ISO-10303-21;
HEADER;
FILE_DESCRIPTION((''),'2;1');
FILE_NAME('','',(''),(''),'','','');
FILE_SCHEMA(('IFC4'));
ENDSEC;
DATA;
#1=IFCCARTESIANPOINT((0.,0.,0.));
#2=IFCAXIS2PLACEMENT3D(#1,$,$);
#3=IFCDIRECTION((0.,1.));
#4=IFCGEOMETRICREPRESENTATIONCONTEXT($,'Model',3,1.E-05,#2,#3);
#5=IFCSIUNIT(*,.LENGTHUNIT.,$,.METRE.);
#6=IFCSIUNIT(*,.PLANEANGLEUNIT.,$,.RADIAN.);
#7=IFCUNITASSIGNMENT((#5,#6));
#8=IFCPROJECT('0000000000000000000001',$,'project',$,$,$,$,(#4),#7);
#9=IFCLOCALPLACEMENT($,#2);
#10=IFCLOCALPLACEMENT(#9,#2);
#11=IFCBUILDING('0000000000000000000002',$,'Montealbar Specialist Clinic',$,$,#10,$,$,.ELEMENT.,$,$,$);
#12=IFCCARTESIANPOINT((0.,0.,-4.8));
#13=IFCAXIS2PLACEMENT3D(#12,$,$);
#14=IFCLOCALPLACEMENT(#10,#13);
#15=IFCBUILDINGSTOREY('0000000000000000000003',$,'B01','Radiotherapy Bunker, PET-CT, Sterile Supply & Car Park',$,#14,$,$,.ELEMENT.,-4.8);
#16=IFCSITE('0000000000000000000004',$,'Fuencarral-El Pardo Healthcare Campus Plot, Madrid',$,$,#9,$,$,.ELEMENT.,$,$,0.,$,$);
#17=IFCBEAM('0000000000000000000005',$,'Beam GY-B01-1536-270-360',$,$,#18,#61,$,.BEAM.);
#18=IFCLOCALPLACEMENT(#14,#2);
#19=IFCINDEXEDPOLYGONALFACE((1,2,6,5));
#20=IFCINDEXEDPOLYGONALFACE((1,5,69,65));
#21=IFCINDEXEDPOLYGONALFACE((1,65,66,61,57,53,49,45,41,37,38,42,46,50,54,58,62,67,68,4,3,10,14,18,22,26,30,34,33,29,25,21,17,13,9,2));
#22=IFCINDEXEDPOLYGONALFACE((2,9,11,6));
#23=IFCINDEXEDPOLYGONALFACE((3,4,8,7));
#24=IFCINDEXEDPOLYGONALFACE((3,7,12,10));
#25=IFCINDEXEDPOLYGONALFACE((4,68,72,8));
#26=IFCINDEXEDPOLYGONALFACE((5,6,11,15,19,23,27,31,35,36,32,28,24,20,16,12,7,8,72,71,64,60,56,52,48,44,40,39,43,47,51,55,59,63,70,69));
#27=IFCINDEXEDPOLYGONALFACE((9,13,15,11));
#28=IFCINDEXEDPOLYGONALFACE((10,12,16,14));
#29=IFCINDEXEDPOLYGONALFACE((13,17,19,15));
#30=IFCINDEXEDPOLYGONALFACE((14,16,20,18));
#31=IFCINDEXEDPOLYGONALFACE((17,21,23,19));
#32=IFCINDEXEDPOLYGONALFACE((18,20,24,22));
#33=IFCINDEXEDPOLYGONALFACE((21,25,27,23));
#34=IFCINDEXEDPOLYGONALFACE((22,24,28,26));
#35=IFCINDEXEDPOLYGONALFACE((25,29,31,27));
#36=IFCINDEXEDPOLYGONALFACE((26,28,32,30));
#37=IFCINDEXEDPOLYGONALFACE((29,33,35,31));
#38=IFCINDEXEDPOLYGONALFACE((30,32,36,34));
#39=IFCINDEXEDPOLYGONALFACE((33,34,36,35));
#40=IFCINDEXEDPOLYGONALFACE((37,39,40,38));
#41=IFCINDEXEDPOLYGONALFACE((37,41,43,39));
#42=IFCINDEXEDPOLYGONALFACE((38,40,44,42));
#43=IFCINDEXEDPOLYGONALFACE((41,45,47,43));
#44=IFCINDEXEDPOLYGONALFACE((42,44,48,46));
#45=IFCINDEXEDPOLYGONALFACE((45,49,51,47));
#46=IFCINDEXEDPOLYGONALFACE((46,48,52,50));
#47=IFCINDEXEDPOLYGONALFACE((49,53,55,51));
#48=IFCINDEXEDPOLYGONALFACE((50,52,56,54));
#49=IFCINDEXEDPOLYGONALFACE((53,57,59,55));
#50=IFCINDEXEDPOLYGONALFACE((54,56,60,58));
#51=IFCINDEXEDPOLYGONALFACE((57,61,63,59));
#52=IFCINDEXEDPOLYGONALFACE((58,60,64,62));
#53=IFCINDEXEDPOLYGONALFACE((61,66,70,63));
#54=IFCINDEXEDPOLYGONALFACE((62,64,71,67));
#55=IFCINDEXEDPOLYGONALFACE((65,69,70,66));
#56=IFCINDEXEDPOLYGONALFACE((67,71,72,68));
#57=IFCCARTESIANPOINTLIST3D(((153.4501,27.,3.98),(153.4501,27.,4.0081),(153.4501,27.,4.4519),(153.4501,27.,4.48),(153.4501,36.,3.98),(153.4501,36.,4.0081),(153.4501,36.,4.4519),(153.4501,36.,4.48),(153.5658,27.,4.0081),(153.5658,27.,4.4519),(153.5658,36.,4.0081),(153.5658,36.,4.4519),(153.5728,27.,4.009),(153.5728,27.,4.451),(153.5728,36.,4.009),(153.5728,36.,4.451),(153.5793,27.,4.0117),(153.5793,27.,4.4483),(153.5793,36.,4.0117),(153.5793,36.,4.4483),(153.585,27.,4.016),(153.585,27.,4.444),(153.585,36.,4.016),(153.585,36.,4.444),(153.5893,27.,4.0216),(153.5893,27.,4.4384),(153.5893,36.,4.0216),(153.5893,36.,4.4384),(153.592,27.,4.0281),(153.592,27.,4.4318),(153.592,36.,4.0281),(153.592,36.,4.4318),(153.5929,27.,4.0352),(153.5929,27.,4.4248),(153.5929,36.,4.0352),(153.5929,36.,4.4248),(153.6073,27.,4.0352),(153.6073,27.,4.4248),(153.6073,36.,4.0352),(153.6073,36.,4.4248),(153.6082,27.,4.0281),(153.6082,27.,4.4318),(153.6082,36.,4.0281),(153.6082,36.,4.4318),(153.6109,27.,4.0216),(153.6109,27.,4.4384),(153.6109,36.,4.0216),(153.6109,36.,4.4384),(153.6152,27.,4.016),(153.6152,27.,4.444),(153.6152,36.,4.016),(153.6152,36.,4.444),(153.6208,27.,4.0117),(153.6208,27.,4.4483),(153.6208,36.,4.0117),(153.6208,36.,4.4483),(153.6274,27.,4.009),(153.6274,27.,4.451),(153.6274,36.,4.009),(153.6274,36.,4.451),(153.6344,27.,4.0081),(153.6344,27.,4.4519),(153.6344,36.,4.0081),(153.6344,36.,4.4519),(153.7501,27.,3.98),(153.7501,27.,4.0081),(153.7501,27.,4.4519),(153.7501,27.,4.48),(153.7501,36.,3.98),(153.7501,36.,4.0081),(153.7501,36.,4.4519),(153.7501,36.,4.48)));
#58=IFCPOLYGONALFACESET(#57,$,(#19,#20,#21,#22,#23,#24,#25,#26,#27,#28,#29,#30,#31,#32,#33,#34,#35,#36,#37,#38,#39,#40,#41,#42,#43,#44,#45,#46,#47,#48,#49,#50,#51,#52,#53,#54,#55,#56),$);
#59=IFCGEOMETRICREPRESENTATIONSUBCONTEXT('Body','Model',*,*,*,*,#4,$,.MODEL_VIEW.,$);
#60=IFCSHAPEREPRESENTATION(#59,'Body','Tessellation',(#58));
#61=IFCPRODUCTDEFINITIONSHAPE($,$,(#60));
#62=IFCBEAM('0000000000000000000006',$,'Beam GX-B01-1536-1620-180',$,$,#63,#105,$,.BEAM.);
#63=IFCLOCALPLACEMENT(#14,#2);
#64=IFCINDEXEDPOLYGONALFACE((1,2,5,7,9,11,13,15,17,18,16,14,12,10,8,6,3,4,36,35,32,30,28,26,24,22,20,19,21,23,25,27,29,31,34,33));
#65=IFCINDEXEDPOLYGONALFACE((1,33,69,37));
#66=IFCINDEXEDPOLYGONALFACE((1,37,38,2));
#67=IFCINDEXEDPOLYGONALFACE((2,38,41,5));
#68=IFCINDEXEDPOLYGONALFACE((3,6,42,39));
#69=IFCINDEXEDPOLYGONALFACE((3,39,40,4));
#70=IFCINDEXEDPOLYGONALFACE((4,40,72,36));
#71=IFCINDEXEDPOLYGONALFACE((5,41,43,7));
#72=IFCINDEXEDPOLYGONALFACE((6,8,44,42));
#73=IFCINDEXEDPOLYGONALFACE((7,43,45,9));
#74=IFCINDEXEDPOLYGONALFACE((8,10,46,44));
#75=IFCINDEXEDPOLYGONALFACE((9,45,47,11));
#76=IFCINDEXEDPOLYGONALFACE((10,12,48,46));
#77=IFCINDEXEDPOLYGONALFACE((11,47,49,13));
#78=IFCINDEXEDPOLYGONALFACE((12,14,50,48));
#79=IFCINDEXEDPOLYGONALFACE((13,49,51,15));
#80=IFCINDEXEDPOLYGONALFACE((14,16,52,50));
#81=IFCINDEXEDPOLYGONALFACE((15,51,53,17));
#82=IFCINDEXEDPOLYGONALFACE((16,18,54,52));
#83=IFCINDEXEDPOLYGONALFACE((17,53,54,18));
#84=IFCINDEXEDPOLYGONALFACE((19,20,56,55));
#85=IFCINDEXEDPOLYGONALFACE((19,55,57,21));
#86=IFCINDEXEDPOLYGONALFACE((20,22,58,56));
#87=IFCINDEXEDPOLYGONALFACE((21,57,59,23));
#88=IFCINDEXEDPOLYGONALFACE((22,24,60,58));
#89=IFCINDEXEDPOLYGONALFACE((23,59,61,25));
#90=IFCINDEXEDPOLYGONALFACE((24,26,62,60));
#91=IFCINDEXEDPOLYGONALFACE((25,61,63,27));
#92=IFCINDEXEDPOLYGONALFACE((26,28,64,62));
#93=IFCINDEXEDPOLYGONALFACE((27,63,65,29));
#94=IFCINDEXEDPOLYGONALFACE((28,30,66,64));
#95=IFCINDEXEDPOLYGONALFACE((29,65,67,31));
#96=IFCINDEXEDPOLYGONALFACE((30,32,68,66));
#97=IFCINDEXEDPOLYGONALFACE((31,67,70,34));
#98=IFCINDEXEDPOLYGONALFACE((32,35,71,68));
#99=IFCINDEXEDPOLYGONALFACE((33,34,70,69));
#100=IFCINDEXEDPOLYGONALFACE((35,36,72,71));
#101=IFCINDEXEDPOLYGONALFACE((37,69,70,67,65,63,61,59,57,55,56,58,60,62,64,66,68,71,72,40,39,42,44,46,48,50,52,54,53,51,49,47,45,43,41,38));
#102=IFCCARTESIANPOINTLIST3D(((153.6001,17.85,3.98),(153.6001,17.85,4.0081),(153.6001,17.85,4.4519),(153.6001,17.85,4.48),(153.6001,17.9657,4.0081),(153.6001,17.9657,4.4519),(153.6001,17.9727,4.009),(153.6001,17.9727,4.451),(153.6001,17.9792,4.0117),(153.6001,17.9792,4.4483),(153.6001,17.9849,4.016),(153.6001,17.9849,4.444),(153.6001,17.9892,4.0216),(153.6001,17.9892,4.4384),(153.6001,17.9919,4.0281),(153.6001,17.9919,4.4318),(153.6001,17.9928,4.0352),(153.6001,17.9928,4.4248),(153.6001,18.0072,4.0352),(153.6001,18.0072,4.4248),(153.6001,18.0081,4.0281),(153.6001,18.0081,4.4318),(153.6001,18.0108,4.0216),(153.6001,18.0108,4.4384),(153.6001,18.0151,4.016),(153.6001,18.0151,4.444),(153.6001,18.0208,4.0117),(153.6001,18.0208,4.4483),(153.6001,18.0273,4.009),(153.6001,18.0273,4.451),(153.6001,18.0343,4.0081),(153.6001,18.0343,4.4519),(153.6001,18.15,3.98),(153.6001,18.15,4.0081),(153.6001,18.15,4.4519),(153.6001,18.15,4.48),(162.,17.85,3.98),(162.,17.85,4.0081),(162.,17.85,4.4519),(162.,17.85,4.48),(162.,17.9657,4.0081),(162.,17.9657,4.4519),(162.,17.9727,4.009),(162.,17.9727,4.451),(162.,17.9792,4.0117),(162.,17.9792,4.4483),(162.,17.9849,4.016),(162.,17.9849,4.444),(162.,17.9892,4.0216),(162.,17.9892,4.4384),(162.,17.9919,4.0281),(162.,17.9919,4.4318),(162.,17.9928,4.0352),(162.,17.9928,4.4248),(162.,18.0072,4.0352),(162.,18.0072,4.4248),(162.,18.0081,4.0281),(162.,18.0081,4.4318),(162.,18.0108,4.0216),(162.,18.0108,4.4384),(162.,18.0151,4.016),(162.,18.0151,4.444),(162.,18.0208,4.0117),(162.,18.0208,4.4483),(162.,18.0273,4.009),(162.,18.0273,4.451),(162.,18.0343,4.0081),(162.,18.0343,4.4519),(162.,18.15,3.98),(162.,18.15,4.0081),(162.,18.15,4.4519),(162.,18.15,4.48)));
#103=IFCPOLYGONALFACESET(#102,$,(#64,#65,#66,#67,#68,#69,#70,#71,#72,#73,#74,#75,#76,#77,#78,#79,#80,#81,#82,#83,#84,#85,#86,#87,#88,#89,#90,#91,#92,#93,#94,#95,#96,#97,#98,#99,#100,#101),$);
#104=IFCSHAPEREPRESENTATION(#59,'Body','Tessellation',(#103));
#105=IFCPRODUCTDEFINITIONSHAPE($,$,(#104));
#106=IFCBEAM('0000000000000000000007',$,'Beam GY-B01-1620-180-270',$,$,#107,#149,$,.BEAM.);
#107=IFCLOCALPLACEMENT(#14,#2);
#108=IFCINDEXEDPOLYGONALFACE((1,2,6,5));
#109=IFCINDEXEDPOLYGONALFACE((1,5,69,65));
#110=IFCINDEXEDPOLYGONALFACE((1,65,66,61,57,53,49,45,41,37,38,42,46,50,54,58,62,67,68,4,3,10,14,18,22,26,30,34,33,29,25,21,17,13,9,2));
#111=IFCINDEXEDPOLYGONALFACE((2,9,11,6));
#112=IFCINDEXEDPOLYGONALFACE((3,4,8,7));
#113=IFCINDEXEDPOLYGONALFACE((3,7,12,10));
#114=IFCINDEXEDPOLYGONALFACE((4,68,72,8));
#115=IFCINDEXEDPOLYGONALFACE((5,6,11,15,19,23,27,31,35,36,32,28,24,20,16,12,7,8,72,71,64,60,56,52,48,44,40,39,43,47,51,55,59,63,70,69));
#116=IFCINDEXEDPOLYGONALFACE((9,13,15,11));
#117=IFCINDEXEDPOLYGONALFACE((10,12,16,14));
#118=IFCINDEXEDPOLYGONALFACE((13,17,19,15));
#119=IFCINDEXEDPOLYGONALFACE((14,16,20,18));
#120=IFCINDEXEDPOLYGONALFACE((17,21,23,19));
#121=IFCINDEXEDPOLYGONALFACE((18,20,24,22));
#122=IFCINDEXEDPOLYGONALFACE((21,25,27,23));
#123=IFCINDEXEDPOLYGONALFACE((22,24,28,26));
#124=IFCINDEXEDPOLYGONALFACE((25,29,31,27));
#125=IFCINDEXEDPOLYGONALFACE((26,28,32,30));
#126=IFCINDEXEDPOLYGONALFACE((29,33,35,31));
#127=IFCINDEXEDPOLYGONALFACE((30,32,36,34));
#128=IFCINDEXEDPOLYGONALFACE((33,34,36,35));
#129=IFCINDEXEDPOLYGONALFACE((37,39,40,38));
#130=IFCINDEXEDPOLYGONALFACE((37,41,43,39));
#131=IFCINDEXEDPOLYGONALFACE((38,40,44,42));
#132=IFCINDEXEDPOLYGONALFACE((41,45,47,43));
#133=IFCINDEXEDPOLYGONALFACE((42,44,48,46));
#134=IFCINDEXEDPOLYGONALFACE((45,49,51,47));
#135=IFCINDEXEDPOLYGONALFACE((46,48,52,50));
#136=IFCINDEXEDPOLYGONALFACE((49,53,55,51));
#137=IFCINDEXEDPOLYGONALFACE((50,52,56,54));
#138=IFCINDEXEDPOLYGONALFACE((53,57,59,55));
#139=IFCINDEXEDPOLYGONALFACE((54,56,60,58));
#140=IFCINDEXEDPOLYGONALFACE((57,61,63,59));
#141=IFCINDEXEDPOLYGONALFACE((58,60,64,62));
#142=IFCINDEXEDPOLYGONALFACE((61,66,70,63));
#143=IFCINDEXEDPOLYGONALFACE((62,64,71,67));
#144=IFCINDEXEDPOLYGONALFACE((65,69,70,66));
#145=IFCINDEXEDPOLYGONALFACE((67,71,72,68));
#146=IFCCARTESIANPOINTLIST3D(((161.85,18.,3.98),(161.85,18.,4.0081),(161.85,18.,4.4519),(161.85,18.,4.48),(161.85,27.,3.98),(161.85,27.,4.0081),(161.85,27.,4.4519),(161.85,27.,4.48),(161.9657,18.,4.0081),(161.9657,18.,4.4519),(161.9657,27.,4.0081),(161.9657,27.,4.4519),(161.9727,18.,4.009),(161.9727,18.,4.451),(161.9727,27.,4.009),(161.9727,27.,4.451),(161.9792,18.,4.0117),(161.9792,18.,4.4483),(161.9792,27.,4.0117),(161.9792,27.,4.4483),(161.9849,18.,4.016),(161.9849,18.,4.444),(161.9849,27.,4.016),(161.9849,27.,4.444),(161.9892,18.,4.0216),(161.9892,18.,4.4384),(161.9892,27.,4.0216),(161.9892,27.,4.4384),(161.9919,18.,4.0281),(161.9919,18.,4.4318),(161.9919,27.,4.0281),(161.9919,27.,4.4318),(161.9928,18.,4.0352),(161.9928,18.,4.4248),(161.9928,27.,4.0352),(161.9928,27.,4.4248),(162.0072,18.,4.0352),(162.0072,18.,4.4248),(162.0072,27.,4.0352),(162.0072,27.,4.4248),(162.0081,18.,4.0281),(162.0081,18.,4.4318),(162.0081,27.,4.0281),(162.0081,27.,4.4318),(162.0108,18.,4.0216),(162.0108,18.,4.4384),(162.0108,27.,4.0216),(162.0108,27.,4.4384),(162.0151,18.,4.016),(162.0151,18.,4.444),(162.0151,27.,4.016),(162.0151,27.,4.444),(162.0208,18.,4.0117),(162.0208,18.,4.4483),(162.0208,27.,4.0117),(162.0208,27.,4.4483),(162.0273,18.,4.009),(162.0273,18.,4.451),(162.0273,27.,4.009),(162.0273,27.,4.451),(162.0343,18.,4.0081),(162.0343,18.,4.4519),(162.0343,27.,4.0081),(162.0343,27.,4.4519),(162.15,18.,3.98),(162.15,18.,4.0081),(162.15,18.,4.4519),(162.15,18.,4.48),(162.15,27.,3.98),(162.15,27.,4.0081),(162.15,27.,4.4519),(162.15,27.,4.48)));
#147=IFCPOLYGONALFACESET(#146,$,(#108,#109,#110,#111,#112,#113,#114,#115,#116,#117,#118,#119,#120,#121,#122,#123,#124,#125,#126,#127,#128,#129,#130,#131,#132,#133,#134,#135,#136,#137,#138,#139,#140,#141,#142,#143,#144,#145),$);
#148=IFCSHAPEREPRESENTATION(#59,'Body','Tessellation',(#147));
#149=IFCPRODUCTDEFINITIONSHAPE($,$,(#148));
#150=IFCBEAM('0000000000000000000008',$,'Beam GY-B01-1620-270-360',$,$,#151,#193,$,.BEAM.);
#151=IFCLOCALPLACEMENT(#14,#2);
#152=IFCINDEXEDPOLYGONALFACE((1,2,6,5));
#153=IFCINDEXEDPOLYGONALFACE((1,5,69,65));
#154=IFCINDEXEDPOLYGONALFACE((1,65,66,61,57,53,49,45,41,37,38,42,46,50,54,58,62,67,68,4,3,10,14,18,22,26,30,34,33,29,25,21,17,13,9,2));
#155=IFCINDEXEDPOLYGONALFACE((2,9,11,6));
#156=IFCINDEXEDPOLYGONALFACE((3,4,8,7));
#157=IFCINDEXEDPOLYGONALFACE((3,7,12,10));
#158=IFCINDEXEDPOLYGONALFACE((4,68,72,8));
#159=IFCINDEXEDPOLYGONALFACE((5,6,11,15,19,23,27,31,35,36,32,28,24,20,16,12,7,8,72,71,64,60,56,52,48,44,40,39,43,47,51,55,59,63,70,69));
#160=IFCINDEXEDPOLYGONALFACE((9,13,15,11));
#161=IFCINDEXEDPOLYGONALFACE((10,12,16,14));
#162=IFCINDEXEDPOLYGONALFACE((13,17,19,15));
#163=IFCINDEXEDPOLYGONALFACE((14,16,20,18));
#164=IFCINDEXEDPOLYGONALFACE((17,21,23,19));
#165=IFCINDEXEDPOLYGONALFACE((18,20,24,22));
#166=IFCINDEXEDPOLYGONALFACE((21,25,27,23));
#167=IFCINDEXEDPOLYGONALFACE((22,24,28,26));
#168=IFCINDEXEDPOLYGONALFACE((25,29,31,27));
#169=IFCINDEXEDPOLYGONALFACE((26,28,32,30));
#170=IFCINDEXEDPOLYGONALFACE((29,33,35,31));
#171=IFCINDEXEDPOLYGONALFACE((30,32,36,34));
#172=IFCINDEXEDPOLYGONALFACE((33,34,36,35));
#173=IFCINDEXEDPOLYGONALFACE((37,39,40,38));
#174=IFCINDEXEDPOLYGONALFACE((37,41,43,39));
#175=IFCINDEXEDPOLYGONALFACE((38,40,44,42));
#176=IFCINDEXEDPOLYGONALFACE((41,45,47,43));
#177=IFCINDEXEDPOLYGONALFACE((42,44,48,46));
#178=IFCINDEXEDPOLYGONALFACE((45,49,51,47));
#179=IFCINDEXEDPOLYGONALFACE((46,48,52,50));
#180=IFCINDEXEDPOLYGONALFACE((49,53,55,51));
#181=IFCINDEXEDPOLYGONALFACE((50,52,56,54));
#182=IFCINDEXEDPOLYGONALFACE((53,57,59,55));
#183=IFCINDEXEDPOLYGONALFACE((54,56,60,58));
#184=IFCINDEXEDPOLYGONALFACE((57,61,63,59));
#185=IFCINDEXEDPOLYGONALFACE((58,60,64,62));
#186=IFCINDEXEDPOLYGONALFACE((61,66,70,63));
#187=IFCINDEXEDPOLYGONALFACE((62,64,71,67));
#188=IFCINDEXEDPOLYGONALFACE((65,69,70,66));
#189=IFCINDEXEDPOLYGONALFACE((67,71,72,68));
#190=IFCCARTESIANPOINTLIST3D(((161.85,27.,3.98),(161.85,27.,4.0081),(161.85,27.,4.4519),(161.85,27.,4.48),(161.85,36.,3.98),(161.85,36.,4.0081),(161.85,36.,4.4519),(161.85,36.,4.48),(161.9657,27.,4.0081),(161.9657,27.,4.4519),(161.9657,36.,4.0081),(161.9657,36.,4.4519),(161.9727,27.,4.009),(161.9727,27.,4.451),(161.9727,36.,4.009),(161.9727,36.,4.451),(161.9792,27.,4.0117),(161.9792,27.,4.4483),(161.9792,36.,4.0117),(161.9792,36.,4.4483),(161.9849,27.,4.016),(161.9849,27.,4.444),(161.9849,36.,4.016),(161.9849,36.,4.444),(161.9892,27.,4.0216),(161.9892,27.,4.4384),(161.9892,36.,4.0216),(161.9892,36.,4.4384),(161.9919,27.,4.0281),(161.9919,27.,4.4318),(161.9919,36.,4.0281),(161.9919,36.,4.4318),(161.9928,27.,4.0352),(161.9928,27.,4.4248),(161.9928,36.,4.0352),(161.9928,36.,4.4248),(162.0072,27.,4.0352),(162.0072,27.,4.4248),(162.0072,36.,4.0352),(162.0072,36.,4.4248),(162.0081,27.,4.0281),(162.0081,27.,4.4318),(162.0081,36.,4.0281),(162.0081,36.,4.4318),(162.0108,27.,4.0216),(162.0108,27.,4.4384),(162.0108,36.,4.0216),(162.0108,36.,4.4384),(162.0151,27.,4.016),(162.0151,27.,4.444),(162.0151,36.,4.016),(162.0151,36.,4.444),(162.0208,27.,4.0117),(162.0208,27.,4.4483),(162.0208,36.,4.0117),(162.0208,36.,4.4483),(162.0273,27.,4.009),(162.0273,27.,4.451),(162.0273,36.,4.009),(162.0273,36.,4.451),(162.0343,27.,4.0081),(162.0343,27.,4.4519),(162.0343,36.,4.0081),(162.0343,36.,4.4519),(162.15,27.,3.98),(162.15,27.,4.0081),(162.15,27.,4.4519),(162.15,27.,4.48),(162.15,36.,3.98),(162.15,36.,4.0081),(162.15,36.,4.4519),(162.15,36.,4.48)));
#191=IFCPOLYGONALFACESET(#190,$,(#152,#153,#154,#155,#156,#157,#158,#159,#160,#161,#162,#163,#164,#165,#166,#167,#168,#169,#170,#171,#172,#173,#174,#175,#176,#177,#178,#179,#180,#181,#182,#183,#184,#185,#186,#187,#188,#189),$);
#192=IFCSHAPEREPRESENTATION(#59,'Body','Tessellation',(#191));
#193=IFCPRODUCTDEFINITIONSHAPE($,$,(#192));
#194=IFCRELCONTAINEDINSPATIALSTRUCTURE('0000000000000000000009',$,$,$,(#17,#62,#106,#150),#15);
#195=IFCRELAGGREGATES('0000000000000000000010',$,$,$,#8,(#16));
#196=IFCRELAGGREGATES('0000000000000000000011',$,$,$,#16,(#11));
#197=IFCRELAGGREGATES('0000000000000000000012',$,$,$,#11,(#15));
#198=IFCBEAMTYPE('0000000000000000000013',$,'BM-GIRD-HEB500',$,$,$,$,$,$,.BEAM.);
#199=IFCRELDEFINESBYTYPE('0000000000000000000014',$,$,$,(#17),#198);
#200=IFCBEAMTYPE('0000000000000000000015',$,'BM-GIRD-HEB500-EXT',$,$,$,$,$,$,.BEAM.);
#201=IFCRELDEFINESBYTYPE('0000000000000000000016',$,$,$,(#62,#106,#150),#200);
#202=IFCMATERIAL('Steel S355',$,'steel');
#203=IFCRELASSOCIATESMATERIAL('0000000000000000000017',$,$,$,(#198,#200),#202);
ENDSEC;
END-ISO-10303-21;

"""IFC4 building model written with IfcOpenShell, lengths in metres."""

from ifc_helpers import new_model, si_unit, direction, frame, origin, origin_2d, place, context, subcontext, project, spatial, i_section, extrude, material, material_profile, profile_set, type_object, element, save


model = new_model("IFC4")

# Units and contexts
model_context = context("Model", 3, precision=1e-05, world=origin(), true_north=direction((0.0, 1.0)))
body_context = subcontext(model_context, "Body", "Model", "MODEL_VIEW")
ifc_project = project(units=[si_unit("LENGTHUNIT", "METRE"), si_unit("PLANEANGLEUNIT", "RADIAN")], contexts=[model_context])

# Site, building, storey
site_placement = place(None, origin())
site = spatial("IfcSite", under=ifc_project, at=site_placement, Name="Fuencarral-El Pardo Healthcare Campus Plot, Madrid", CompositionType="ELEMENT", RefElevation=0.0)
building_placement = place(site_placement, origin())
building = spatial("IfcBuilding", under=site, at=building_placement, Name="Montealbar Specialist Clinic", CompositionType="ELEMENT")
storey_placement = place(building_placement, frame((0.0, 0.0, -4.8)))
storey = spatial("IfcBuildingStorey", under=building, at=storey_placement, Name="B01", Description="Radiotherapy Bunker, PET-CT, Sterile Supply & Car Park", CompositionType="ELEMENT", Elevation=-4.8)

# Shared definitions
ifc_material_1 = material(Name="Steel S355", Category="steel")

# Beams
ifc_material_profile_1 = material_profile(ifc_material_1, i_section(OverallWidth=0.3, OverallDepth=0.5, WebThickness=0.0144, FlangeThickness=0.0281, FilletRadius=0.0271, at=origin_2d()), Name="HEB 500", Category="steel")
ifc_profile_set_1 = profile_set([ifc_material_profile_1], Name="Steel S355")
beam_type_1 = type_object("IfcBeamType", Name="BM-GIRD-HEB500", PredefinedType="BEAM", material=ifc_profile_set_1)
beam_1_placement = place(storey_placement, frame((153.6001, 27.0, 4.23), z_axis=(0.0, 1.0, 0.0), x_axis=(-1.0, 0.0, 0.0)))
element("IfcBeam", 1, at=beam_1_placement, inside=storey, type_object=beam_type_1, Name="Beam GY-B01-1536-270-360", PredefinedType="BEAM", context=body_context, shape_type="SweptSolid", body=[
    extrude(i_section(OverallWidth=0.3, OverallDepth=0.5, WebThickness=0.0144, FlangeThickness=0.0281, FilletRadius=0.0271, at=origin_2d()), origin(), (0.0, 0.0, 1.0), 9.0),
])
ifc_material_profile_2 = material_profile(ifc_material_1, i_section(OverallWidth=0.3, OverallDepth=0.5, WebThickness=0.0144, FlangeThickness=0.0281, FilletRadius=0.0271, at=origin_2d()), Name="HEB 500", Category="steel")
ifc_profile_set_2 = profile_set([ifc_material_profile_2], Name="Steel S355")
beam_type_2 = type_object("IfcBeamType", Name="BM-GIRD-HEB500-EXT", PredefinedType="BEAM", material=ifc_profile_set_2)
beam_2_placement = place(storey_placement, frame((153.6001, 18.0, 4.23), z_axis=(1.0, 0.0, 0.0), x_axis=(0.0, 1.0, 0.0)))
element("IfcBeam", 2, at=beam_2_placement, inside=storey, type_object=beam_type_2, Name="Beam GX-B01-1536-1620-180", PredefinedType="BEAM", context=body_context, shape_type="SweptSolid", body=[
    extrude(i_section(OverallWidth=0.3, OverallDepth=0.5, WebThickness=0.0144, FlangeThickness=0.0281, FilletRadius=0.0271, at=origin_2d()), origin(), (0.0, 0.0, 1.0), 8.3999),
])
for number, where, z_axis, x_axis, name in (
    (3, (162.0, 18.0, 4.23), (0.0, 1.0, 0.0), (-1.0, 0.0, 0.0), "Beam GY-B01-1620-180-270"),
    (4, (162.0, 27.0, 4.23), (0.0, 1.0, 0.0), (-1.0, 0.0, 0.0), "Beam GY-B01-1620-270-360"),
):
    element("IfcBeam", number, at=place(storey_placement, frame(where, z_axis=z_axis, x_axis=x_axis)), inside=storey, type_object=beam_type_2, Name=name, PredefinedType="BEAM", context=body_context, shape_type="SweptSolid", body=[
        extrude(i_section(OverallWidth=0.3, OverallDepth=0.5, WebThickness=0.0144, FlangeThickness=0.0281, FilletRadius=0.0271, at=origin_2d()), origin(), (0.0, 0.0, 1.0), 9.0),
    ])

save(model, "model.ifc")
